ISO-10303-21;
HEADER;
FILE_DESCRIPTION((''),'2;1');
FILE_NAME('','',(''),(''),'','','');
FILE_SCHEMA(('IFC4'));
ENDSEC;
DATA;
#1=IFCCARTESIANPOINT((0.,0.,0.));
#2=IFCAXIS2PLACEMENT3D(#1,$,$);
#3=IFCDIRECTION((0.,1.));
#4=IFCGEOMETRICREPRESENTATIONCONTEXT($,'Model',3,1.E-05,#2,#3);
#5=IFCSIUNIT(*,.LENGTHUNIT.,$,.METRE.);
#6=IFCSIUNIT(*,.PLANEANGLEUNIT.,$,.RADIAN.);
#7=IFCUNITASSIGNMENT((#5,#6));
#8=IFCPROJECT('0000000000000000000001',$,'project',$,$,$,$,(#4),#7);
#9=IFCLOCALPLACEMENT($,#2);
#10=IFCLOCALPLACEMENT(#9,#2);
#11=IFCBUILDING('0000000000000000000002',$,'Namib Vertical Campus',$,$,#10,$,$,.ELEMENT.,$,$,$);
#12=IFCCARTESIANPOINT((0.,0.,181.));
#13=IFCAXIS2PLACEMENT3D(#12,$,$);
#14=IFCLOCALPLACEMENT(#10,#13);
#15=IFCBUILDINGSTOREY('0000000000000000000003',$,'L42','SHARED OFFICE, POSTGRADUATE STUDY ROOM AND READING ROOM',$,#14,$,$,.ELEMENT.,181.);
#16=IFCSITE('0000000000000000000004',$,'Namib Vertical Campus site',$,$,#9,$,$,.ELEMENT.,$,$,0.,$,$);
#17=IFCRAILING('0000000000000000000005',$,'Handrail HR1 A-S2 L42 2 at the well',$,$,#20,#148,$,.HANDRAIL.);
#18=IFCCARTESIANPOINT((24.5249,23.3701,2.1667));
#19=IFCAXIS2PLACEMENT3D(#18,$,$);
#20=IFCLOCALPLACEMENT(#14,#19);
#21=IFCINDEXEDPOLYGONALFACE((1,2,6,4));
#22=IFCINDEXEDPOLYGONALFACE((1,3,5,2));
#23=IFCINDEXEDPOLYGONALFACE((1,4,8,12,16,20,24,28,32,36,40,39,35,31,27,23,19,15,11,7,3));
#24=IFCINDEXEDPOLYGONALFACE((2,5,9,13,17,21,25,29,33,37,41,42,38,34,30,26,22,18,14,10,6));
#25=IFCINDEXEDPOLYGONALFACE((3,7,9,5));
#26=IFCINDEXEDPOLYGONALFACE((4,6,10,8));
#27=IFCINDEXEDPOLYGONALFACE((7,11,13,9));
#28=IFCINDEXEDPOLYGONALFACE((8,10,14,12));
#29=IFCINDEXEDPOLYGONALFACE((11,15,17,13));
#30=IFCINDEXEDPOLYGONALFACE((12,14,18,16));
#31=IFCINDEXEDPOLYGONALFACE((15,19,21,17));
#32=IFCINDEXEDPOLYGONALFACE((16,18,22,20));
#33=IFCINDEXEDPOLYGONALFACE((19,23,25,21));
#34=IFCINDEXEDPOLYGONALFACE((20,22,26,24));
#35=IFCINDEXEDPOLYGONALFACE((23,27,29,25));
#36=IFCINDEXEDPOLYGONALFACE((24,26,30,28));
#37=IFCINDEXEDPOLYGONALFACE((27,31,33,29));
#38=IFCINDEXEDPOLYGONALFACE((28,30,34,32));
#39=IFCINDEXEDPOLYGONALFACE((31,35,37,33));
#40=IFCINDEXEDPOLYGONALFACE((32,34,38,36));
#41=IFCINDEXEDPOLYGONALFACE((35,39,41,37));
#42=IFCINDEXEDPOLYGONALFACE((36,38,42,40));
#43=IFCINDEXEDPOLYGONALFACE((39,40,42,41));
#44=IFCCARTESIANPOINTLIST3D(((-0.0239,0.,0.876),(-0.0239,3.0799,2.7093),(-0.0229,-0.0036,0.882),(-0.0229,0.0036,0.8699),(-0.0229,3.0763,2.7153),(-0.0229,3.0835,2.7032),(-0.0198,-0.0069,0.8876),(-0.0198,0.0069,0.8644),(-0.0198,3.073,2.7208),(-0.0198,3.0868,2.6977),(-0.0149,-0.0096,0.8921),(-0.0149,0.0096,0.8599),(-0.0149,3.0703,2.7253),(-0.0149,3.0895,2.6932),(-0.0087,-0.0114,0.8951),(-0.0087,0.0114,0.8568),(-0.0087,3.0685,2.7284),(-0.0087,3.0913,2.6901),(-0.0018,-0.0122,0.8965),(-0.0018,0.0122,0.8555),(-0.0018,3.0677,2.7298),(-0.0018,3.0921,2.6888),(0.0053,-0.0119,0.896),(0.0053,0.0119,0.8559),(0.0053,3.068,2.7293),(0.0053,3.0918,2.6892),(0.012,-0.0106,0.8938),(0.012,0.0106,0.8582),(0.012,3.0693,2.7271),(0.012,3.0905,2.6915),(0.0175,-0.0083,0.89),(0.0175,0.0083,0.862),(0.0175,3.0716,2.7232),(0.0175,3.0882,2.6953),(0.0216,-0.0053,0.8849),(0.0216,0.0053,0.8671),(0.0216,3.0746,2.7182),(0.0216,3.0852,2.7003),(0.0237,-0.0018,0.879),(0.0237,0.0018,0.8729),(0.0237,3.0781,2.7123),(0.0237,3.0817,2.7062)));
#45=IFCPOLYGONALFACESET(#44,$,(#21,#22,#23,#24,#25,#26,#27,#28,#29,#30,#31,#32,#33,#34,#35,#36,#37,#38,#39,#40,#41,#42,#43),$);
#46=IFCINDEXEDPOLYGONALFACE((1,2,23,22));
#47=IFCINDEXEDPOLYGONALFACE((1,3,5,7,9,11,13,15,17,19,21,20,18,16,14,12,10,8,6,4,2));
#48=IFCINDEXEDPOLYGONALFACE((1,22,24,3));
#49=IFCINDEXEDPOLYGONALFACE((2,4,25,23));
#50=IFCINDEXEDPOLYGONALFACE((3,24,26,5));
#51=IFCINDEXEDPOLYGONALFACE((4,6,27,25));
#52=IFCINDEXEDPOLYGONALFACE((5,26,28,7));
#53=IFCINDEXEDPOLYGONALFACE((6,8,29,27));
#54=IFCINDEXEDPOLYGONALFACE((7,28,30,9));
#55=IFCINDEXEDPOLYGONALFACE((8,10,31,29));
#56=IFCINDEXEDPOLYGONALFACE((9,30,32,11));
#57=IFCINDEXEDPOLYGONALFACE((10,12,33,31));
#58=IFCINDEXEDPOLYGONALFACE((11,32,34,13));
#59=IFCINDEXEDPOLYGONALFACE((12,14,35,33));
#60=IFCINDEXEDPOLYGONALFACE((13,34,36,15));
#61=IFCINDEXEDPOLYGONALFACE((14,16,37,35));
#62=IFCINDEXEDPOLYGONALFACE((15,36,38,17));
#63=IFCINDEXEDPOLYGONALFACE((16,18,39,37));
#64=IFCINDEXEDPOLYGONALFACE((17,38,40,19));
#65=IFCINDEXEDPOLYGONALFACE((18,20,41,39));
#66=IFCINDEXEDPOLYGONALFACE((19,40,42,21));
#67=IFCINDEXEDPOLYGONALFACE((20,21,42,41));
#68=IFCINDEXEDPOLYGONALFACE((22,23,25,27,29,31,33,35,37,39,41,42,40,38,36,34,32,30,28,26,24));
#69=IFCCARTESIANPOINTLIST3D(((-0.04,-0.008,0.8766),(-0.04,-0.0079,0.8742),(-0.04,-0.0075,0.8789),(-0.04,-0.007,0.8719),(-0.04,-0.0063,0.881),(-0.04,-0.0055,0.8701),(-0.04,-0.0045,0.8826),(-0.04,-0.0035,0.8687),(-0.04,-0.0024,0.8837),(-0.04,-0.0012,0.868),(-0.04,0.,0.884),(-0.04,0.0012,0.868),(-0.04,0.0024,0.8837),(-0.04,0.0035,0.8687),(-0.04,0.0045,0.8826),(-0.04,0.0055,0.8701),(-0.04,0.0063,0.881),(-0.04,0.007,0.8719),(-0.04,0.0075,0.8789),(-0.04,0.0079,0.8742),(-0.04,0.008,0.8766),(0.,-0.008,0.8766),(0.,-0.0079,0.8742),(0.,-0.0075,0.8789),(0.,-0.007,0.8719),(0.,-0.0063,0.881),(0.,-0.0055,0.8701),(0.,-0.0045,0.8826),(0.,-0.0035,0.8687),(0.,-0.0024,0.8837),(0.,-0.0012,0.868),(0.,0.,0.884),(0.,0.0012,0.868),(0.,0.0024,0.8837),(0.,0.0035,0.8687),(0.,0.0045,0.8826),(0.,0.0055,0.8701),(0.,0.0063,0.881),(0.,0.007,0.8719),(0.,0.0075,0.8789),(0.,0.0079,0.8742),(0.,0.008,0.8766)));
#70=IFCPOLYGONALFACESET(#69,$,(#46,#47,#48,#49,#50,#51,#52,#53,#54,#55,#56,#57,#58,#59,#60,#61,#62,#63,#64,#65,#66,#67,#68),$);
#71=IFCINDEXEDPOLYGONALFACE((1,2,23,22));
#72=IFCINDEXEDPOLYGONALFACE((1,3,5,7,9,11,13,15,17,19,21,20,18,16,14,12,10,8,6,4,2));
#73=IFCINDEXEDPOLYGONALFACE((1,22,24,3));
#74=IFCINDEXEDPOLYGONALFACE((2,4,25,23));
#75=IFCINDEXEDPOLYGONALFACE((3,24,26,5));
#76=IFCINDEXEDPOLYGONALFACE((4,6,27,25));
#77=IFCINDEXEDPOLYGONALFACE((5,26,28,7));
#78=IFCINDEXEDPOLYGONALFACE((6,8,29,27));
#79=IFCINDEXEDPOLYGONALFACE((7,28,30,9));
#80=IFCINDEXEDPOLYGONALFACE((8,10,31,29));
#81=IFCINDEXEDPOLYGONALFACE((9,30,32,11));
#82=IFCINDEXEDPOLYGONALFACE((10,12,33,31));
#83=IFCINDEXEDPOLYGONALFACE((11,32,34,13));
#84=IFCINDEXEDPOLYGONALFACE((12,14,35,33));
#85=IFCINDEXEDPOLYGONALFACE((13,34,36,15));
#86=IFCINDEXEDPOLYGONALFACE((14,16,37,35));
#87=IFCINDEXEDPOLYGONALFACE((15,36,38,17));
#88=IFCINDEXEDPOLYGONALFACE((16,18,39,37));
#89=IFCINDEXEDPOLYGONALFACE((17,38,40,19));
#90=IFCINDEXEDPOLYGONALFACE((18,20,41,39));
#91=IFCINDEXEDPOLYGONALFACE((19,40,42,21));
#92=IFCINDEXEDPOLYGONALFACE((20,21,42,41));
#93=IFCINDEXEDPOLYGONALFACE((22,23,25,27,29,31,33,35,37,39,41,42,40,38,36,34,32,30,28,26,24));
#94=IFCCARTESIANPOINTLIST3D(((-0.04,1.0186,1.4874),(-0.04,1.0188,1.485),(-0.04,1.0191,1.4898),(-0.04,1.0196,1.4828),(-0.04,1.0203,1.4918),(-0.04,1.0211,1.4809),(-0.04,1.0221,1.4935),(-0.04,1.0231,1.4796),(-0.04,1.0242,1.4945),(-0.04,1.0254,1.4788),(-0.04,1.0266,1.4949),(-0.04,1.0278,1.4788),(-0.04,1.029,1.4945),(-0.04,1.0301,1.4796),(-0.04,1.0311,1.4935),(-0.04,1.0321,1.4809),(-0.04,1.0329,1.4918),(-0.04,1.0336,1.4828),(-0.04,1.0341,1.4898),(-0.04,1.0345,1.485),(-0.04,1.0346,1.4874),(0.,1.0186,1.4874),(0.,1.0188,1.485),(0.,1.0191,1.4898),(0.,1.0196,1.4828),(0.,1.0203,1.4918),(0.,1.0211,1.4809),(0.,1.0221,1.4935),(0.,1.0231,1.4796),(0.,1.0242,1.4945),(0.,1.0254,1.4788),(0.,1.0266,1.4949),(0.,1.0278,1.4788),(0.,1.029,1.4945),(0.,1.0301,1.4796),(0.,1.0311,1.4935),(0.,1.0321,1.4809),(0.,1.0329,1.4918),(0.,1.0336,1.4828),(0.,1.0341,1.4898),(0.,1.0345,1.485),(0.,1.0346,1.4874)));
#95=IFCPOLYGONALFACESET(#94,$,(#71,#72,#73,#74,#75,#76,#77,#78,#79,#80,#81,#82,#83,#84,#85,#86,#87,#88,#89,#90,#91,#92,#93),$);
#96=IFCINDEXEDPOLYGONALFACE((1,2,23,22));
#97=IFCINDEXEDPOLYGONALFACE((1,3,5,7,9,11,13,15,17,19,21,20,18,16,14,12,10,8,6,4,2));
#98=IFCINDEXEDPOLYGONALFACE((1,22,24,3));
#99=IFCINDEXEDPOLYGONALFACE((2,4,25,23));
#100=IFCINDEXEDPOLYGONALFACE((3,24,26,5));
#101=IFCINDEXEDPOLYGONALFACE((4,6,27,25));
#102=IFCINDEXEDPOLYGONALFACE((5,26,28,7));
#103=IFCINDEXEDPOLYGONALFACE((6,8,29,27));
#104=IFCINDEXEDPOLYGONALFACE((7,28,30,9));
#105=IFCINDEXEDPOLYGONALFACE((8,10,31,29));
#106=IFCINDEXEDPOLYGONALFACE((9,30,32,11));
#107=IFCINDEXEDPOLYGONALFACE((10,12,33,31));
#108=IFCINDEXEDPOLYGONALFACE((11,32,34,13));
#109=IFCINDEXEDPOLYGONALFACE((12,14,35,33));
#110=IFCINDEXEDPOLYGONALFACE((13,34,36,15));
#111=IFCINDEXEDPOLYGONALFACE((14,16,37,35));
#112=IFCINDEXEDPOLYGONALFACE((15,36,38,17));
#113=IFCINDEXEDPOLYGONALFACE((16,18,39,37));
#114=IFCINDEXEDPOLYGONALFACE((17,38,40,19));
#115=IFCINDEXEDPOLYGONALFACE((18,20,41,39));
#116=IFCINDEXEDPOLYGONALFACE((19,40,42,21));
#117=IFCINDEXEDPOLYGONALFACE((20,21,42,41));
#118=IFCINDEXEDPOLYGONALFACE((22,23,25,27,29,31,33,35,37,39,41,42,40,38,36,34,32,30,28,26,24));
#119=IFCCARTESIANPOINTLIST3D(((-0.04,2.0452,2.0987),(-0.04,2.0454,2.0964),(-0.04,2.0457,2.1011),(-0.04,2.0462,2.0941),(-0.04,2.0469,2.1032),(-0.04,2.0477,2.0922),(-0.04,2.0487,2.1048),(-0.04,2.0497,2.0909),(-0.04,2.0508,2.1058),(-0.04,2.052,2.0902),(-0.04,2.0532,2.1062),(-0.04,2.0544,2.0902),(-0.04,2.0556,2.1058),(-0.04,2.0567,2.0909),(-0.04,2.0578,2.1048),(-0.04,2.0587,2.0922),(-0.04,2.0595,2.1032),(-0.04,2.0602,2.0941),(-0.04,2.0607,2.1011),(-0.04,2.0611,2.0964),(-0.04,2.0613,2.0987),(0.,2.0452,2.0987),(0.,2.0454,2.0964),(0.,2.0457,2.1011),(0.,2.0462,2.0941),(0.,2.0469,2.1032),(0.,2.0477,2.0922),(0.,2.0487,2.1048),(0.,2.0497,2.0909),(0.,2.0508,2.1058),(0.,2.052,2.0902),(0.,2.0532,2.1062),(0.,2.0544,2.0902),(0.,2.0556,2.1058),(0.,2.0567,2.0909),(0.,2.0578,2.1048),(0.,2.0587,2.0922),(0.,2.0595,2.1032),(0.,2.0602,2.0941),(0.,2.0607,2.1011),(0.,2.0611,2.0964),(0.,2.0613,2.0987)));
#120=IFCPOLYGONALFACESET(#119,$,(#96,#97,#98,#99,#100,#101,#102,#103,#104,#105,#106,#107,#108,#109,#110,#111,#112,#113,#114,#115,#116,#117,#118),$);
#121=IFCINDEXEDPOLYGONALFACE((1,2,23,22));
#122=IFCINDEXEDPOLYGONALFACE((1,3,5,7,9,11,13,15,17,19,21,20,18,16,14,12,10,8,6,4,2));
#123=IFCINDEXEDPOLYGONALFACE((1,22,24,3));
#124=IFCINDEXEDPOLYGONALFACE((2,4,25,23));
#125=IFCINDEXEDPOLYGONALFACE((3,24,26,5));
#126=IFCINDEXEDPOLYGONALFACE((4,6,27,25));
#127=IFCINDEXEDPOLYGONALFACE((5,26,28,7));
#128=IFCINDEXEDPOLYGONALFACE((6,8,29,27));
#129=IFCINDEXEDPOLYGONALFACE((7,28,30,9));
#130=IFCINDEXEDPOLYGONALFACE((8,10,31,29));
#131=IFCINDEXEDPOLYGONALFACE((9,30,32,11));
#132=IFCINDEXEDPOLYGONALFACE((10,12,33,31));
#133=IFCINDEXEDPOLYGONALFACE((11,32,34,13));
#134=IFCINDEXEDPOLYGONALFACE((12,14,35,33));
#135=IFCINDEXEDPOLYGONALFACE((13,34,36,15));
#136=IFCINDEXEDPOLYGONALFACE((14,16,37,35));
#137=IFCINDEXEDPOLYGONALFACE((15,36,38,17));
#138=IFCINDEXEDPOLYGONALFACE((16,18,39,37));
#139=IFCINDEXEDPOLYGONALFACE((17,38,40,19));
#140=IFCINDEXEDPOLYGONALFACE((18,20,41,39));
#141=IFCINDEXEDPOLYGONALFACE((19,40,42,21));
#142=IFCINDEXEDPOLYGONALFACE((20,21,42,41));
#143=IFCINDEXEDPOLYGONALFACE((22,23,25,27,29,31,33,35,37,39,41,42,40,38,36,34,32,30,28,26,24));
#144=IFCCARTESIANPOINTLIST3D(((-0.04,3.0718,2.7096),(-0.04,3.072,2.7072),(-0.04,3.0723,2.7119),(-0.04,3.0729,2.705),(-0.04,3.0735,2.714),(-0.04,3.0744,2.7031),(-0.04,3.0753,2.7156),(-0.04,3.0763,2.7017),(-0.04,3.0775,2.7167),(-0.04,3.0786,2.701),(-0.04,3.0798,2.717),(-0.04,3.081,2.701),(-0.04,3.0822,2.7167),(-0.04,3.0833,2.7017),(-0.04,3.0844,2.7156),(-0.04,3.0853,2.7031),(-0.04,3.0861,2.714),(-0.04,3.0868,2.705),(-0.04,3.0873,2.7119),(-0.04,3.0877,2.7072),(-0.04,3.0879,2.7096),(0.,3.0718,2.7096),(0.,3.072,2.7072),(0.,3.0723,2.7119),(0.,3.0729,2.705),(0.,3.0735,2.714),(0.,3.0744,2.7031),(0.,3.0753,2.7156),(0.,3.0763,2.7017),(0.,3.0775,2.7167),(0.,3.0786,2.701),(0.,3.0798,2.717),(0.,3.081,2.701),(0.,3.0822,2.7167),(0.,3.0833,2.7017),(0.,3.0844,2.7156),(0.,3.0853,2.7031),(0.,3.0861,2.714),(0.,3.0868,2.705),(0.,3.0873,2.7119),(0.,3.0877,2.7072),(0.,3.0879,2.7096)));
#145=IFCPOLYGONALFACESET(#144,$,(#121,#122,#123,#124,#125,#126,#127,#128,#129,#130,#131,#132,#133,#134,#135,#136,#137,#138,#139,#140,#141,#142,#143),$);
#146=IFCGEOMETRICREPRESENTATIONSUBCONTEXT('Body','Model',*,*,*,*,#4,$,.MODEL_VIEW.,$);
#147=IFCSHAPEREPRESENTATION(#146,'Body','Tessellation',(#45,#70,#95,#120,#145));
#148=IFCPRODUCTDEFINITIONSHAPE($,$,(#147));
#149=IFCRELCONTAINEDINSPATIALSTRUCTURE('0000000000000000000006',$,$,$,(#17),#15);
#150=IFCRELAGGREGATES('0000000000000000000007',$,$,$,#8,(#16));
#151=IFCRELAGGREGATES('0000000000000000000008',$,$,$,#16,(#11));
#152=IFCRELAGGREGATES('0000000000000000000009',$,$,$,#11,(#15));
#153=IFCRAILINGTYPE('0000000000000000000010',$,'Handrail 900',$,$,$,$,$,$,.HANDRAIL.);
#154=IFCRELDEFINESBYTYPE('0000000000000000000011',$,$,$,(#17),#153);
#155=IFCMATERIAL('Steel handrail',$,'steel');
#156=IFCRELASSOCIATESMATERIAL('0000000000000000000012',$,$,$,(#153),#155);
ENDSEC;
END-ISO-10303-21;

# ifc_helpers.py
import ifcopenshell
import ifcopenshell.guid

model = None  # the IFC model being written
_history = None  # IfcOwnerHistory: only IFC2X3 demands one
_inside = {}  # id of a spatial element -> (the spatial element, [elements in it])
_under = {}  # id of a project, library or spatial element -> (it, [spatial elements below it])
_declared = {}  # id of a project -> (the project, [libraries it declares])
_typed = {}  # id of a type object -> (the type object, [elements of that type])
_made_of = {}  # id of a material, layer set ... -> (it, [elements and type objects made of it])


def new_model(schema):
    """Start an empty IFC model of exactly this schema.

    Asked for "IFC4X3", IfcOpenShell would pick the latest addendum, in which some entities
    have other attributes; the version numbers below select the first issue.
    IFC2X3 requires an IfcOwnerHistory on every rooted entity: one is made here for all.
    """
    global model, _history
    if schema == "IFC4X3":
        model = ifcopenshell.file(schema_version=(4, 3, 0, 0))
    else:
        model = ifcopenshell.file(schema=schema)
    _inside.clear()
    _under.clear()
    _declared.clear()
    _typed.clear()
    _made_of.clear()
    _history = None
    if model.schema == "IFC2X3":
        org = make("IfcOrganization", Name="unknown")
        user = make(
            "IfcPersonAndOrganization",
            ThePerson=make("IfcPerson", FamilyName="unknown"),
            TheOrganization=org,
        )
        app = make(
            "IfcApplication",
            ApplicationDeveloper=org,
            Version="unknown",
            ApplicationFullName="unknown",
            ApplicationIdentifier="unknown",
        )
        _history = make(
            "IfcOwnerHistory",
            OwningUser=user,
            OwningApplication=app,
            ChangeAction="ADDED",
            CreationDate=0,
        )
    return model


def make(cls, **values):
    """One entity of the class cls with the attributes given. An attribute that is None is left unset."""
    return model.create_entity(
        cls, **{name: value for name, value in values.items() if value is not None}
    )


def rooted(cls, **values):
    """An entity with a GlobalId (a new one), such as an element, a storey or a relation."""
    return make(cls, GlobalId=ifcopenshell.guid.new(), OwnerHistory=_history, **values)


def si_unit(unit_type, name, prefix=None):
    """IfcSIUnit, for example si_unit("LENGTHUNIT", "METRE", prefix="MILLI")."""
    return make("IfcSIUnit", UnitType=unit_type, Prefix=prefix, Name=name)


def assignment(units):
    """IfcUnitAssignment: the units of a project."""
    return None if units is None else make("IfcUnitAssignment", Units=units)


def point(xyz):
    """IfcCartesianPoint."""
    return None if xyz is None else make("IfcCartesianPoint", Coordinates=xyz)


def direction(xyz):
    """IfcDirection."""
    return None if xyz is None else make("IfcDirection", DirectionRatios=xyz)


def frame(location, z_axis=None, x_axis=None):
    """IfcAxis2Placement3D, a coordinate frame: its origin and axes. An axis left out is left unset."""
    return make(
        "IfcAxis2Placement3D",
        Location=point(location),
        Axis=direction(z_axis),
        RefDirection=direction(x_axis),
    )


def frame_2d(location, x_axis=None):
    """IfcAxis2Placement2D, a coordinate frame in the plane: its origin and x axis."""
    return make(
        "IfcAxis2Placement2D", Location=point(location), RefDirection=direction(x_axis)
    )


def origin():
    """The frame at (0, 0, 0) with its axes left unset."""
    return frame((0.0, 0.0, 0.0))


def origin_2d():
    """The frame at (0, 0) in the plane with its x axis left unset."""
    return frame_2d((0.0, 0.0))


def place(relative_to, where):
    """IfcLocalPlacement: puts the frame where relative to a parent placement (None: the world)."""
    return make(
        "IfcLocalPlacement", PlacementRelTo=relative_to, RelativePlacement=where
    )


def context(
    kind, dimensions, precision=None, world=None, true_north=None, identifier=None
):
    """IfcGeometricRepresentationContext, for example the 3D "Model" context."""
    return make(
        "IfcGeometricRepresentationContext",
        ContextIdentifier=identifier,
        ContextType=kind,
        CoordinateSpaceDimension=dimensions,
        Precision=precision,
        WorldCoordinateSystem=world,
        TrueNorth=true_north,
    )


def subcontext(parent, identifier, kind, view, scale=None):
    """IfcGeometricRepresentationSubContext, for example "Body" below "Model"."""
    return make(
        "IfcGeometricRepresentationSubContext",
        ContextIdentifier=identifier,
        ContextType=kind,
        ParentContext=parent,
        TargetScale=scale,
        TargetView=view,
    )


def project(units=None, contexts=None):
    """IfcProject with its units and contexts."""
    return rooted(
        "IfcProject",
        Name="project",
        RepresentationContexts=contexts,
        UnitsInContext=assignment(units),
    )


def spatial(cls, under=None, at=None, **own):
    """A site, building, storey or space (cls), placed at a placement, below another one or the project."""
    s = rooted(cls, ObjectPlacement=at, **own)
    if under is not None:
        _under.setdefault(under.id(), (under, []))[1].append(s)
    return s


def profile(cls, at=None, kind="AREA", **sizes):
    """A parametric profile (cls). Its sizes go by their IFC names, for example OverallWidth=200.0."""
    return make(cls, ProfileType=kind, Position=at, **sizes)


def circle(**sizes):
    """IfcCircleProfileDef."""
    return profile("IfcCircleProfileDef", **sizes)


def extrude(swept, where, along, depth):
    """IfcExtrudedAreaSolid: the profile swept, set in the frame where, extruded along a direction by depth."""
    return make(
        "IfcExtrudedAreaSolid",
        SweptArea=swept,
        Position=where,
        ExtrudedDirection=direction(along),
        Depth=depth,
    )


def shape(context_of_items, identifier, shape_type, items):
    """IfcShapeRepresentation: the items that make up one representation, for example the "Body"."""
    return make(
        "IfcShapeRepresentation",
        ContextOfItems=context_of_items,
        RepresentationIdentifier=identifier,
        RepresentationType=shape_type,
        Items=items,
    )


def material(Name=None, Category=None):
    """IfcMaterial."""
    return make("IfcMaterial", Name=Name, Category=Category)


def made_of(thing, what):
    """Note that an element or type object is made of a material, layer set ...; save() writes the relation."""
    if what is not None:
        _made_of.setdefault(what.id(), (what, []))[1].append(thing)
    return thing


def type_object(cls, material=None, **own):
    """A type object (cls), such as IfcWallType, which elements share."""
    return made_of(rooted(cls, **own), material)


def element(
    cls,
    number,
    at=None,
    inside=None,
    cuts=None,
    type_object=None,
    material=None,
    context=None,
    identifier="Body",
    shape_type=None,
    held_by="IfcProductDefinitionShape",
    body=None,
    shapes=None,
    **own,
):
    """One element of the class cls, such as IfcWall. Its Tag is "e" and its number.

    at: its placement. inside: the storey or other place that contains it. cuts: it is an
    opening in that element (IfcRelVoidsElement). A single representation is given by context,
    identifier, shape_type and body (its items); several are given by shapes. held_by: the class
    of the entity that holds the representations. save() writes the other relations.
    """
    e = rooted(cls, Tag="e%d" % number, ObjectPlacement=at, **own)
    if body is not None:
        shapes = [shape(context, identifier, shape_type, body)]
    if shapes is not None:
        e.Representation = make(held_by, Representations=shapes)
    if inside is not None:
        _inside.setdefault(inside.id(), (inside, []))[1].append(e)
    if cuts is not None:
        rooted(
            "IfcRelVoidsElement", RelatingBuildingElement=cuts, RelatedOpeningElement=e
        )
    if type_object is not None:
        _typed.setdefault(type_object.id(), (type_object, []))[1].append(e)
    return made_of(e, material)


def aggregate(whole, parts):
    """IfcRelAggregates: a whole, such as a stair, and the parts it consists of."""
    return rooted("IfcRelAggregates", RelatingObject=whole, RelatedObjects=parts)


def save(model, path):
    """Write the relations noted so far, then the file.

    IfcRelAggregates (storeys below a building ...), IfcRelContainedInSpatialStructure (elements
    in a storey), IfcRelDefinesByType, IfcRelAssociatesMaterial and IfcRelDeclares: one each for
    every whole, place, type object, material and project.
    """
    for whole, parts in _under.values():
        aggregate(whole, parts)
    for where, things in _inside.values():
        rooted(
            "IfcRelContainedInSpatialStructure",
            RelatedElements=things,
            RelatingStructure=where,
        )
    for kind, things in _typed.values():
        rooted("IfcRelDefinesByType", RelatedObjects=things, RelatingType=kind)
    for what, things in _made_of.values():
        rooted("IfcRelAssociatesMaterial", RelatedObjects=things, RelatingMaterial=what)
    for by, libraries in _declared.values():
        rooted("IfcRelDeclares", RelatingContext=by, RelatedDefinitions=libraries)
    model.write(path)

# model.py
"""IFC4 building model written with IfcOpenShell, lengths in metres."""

from ifc_helpers import new_model, si_unit, direction, frame, origin, origin_2d, place, context, subcontext, project, spatial, circle, extrude, material, type_object, element, save


model = new_model("IFC4")

# Units and contexts
model_context = context("Model", 3, precision=1e-05, world=origin(), true_north=direction((0.0, 1.0)))
body_context = subcontext(model_context, "Body", "Model", "MODEL_VIEW")
ifc_project = project(units=[si_unit("LENGTHUNIT", "METRE"), si_unit("PLANEANGLEUNIT", "RADIAN")], contexts=[model_context])

# Site, building, storey
site_placement = place(None, origin())
site = spatial("IfcSite", under=ifc_project, at=site_placement, Name="Namib Vertical Campus site", CompositionType="ELEMENT", RefElevation=0.0)
building_placement = place(site_placement, origin())
building = spatial("IfcBuilding", under=site, at=building_placement, Name="Namib Vertical Campus", CompositionType="ELEMENT")
storey_placement = place(building_placement, frame((0.0, 0.0, 181.0)))
storey = spatial("IfcBuildingStorey", under=building, at=storey_placement, Name="L42", Description="SHARED OFFICE, POSTGRADUATE STUDY ROOM AND READING ROOM", CompositionType="ELEMENT", Elevation=181.0)

# Railing
ifc_material_1 = material(Name="Steel handrail", Category="steel")
railing_type_1 = type_object("IfcRailingType", Name="Handrail 900", PredefinedType="HANDRAIL", material=ifc_material_1)
railing_1_placement = place(storey_placement, frame((24.5249, 23.3701, 2.1667)))
element("IfcRailing", 1, at=railing_1_placement, inside=storey, type_object=railing_type_1, Name="Handrail HR1 A-S2 L42 2 at the well", PredefinedType="HANDRAIL", context=body_context, shape_type="SweptSolid", body=[
    extrude(circle(Radius=0.0239, at=origin_2d()), frame((0.0, 0.0, 0.876), z_axis=(0.0, 0.859291, 0.511487), x_axis=(-1.0, 0.0, 0.0)), (0.0, 0.0, 1.0), 3.5842),
    extrude(circle(Radius=0.0081, at=origin_2d()), frame((0.0, 0.0, 0.876), z_axis=(-1.0, 0.0, 0.0), x_axis=(0.0, 0.0, 1.0)), (0.0, 0.0, 1.0), 0.04),
    extrude(circle(Radius=0.0081, at=origin_2d()), frame((0.0, 1.0266, 1.4868), z_axis=(-1.0, 0.0, 0.0), x_axis=(0.0, 0.0, 1.0)), (0.0, 0.0, 1.0), 0.04),
    extrude(circle(Radius=0.0081, at=origin_2d()), frame((0.0, 2.0532, 2.0981), z_axis=(-1.0, 0.0, 0.0), x_axis=(0.0, 0.0, 1.0)), (0.0, 0.0, 1.0), 0.04),
    extrude(circle(Radius=0.0081, at=origin_2d()), frame((0.0, 3.0798, 2.709), z_axis=(-1.0, 0.0, 0.0), x_axis=(0.0, 0.0, 1.0)), (0.0, 0.0, 1.0), 0.04),
])

save(model, "model.ifc")
